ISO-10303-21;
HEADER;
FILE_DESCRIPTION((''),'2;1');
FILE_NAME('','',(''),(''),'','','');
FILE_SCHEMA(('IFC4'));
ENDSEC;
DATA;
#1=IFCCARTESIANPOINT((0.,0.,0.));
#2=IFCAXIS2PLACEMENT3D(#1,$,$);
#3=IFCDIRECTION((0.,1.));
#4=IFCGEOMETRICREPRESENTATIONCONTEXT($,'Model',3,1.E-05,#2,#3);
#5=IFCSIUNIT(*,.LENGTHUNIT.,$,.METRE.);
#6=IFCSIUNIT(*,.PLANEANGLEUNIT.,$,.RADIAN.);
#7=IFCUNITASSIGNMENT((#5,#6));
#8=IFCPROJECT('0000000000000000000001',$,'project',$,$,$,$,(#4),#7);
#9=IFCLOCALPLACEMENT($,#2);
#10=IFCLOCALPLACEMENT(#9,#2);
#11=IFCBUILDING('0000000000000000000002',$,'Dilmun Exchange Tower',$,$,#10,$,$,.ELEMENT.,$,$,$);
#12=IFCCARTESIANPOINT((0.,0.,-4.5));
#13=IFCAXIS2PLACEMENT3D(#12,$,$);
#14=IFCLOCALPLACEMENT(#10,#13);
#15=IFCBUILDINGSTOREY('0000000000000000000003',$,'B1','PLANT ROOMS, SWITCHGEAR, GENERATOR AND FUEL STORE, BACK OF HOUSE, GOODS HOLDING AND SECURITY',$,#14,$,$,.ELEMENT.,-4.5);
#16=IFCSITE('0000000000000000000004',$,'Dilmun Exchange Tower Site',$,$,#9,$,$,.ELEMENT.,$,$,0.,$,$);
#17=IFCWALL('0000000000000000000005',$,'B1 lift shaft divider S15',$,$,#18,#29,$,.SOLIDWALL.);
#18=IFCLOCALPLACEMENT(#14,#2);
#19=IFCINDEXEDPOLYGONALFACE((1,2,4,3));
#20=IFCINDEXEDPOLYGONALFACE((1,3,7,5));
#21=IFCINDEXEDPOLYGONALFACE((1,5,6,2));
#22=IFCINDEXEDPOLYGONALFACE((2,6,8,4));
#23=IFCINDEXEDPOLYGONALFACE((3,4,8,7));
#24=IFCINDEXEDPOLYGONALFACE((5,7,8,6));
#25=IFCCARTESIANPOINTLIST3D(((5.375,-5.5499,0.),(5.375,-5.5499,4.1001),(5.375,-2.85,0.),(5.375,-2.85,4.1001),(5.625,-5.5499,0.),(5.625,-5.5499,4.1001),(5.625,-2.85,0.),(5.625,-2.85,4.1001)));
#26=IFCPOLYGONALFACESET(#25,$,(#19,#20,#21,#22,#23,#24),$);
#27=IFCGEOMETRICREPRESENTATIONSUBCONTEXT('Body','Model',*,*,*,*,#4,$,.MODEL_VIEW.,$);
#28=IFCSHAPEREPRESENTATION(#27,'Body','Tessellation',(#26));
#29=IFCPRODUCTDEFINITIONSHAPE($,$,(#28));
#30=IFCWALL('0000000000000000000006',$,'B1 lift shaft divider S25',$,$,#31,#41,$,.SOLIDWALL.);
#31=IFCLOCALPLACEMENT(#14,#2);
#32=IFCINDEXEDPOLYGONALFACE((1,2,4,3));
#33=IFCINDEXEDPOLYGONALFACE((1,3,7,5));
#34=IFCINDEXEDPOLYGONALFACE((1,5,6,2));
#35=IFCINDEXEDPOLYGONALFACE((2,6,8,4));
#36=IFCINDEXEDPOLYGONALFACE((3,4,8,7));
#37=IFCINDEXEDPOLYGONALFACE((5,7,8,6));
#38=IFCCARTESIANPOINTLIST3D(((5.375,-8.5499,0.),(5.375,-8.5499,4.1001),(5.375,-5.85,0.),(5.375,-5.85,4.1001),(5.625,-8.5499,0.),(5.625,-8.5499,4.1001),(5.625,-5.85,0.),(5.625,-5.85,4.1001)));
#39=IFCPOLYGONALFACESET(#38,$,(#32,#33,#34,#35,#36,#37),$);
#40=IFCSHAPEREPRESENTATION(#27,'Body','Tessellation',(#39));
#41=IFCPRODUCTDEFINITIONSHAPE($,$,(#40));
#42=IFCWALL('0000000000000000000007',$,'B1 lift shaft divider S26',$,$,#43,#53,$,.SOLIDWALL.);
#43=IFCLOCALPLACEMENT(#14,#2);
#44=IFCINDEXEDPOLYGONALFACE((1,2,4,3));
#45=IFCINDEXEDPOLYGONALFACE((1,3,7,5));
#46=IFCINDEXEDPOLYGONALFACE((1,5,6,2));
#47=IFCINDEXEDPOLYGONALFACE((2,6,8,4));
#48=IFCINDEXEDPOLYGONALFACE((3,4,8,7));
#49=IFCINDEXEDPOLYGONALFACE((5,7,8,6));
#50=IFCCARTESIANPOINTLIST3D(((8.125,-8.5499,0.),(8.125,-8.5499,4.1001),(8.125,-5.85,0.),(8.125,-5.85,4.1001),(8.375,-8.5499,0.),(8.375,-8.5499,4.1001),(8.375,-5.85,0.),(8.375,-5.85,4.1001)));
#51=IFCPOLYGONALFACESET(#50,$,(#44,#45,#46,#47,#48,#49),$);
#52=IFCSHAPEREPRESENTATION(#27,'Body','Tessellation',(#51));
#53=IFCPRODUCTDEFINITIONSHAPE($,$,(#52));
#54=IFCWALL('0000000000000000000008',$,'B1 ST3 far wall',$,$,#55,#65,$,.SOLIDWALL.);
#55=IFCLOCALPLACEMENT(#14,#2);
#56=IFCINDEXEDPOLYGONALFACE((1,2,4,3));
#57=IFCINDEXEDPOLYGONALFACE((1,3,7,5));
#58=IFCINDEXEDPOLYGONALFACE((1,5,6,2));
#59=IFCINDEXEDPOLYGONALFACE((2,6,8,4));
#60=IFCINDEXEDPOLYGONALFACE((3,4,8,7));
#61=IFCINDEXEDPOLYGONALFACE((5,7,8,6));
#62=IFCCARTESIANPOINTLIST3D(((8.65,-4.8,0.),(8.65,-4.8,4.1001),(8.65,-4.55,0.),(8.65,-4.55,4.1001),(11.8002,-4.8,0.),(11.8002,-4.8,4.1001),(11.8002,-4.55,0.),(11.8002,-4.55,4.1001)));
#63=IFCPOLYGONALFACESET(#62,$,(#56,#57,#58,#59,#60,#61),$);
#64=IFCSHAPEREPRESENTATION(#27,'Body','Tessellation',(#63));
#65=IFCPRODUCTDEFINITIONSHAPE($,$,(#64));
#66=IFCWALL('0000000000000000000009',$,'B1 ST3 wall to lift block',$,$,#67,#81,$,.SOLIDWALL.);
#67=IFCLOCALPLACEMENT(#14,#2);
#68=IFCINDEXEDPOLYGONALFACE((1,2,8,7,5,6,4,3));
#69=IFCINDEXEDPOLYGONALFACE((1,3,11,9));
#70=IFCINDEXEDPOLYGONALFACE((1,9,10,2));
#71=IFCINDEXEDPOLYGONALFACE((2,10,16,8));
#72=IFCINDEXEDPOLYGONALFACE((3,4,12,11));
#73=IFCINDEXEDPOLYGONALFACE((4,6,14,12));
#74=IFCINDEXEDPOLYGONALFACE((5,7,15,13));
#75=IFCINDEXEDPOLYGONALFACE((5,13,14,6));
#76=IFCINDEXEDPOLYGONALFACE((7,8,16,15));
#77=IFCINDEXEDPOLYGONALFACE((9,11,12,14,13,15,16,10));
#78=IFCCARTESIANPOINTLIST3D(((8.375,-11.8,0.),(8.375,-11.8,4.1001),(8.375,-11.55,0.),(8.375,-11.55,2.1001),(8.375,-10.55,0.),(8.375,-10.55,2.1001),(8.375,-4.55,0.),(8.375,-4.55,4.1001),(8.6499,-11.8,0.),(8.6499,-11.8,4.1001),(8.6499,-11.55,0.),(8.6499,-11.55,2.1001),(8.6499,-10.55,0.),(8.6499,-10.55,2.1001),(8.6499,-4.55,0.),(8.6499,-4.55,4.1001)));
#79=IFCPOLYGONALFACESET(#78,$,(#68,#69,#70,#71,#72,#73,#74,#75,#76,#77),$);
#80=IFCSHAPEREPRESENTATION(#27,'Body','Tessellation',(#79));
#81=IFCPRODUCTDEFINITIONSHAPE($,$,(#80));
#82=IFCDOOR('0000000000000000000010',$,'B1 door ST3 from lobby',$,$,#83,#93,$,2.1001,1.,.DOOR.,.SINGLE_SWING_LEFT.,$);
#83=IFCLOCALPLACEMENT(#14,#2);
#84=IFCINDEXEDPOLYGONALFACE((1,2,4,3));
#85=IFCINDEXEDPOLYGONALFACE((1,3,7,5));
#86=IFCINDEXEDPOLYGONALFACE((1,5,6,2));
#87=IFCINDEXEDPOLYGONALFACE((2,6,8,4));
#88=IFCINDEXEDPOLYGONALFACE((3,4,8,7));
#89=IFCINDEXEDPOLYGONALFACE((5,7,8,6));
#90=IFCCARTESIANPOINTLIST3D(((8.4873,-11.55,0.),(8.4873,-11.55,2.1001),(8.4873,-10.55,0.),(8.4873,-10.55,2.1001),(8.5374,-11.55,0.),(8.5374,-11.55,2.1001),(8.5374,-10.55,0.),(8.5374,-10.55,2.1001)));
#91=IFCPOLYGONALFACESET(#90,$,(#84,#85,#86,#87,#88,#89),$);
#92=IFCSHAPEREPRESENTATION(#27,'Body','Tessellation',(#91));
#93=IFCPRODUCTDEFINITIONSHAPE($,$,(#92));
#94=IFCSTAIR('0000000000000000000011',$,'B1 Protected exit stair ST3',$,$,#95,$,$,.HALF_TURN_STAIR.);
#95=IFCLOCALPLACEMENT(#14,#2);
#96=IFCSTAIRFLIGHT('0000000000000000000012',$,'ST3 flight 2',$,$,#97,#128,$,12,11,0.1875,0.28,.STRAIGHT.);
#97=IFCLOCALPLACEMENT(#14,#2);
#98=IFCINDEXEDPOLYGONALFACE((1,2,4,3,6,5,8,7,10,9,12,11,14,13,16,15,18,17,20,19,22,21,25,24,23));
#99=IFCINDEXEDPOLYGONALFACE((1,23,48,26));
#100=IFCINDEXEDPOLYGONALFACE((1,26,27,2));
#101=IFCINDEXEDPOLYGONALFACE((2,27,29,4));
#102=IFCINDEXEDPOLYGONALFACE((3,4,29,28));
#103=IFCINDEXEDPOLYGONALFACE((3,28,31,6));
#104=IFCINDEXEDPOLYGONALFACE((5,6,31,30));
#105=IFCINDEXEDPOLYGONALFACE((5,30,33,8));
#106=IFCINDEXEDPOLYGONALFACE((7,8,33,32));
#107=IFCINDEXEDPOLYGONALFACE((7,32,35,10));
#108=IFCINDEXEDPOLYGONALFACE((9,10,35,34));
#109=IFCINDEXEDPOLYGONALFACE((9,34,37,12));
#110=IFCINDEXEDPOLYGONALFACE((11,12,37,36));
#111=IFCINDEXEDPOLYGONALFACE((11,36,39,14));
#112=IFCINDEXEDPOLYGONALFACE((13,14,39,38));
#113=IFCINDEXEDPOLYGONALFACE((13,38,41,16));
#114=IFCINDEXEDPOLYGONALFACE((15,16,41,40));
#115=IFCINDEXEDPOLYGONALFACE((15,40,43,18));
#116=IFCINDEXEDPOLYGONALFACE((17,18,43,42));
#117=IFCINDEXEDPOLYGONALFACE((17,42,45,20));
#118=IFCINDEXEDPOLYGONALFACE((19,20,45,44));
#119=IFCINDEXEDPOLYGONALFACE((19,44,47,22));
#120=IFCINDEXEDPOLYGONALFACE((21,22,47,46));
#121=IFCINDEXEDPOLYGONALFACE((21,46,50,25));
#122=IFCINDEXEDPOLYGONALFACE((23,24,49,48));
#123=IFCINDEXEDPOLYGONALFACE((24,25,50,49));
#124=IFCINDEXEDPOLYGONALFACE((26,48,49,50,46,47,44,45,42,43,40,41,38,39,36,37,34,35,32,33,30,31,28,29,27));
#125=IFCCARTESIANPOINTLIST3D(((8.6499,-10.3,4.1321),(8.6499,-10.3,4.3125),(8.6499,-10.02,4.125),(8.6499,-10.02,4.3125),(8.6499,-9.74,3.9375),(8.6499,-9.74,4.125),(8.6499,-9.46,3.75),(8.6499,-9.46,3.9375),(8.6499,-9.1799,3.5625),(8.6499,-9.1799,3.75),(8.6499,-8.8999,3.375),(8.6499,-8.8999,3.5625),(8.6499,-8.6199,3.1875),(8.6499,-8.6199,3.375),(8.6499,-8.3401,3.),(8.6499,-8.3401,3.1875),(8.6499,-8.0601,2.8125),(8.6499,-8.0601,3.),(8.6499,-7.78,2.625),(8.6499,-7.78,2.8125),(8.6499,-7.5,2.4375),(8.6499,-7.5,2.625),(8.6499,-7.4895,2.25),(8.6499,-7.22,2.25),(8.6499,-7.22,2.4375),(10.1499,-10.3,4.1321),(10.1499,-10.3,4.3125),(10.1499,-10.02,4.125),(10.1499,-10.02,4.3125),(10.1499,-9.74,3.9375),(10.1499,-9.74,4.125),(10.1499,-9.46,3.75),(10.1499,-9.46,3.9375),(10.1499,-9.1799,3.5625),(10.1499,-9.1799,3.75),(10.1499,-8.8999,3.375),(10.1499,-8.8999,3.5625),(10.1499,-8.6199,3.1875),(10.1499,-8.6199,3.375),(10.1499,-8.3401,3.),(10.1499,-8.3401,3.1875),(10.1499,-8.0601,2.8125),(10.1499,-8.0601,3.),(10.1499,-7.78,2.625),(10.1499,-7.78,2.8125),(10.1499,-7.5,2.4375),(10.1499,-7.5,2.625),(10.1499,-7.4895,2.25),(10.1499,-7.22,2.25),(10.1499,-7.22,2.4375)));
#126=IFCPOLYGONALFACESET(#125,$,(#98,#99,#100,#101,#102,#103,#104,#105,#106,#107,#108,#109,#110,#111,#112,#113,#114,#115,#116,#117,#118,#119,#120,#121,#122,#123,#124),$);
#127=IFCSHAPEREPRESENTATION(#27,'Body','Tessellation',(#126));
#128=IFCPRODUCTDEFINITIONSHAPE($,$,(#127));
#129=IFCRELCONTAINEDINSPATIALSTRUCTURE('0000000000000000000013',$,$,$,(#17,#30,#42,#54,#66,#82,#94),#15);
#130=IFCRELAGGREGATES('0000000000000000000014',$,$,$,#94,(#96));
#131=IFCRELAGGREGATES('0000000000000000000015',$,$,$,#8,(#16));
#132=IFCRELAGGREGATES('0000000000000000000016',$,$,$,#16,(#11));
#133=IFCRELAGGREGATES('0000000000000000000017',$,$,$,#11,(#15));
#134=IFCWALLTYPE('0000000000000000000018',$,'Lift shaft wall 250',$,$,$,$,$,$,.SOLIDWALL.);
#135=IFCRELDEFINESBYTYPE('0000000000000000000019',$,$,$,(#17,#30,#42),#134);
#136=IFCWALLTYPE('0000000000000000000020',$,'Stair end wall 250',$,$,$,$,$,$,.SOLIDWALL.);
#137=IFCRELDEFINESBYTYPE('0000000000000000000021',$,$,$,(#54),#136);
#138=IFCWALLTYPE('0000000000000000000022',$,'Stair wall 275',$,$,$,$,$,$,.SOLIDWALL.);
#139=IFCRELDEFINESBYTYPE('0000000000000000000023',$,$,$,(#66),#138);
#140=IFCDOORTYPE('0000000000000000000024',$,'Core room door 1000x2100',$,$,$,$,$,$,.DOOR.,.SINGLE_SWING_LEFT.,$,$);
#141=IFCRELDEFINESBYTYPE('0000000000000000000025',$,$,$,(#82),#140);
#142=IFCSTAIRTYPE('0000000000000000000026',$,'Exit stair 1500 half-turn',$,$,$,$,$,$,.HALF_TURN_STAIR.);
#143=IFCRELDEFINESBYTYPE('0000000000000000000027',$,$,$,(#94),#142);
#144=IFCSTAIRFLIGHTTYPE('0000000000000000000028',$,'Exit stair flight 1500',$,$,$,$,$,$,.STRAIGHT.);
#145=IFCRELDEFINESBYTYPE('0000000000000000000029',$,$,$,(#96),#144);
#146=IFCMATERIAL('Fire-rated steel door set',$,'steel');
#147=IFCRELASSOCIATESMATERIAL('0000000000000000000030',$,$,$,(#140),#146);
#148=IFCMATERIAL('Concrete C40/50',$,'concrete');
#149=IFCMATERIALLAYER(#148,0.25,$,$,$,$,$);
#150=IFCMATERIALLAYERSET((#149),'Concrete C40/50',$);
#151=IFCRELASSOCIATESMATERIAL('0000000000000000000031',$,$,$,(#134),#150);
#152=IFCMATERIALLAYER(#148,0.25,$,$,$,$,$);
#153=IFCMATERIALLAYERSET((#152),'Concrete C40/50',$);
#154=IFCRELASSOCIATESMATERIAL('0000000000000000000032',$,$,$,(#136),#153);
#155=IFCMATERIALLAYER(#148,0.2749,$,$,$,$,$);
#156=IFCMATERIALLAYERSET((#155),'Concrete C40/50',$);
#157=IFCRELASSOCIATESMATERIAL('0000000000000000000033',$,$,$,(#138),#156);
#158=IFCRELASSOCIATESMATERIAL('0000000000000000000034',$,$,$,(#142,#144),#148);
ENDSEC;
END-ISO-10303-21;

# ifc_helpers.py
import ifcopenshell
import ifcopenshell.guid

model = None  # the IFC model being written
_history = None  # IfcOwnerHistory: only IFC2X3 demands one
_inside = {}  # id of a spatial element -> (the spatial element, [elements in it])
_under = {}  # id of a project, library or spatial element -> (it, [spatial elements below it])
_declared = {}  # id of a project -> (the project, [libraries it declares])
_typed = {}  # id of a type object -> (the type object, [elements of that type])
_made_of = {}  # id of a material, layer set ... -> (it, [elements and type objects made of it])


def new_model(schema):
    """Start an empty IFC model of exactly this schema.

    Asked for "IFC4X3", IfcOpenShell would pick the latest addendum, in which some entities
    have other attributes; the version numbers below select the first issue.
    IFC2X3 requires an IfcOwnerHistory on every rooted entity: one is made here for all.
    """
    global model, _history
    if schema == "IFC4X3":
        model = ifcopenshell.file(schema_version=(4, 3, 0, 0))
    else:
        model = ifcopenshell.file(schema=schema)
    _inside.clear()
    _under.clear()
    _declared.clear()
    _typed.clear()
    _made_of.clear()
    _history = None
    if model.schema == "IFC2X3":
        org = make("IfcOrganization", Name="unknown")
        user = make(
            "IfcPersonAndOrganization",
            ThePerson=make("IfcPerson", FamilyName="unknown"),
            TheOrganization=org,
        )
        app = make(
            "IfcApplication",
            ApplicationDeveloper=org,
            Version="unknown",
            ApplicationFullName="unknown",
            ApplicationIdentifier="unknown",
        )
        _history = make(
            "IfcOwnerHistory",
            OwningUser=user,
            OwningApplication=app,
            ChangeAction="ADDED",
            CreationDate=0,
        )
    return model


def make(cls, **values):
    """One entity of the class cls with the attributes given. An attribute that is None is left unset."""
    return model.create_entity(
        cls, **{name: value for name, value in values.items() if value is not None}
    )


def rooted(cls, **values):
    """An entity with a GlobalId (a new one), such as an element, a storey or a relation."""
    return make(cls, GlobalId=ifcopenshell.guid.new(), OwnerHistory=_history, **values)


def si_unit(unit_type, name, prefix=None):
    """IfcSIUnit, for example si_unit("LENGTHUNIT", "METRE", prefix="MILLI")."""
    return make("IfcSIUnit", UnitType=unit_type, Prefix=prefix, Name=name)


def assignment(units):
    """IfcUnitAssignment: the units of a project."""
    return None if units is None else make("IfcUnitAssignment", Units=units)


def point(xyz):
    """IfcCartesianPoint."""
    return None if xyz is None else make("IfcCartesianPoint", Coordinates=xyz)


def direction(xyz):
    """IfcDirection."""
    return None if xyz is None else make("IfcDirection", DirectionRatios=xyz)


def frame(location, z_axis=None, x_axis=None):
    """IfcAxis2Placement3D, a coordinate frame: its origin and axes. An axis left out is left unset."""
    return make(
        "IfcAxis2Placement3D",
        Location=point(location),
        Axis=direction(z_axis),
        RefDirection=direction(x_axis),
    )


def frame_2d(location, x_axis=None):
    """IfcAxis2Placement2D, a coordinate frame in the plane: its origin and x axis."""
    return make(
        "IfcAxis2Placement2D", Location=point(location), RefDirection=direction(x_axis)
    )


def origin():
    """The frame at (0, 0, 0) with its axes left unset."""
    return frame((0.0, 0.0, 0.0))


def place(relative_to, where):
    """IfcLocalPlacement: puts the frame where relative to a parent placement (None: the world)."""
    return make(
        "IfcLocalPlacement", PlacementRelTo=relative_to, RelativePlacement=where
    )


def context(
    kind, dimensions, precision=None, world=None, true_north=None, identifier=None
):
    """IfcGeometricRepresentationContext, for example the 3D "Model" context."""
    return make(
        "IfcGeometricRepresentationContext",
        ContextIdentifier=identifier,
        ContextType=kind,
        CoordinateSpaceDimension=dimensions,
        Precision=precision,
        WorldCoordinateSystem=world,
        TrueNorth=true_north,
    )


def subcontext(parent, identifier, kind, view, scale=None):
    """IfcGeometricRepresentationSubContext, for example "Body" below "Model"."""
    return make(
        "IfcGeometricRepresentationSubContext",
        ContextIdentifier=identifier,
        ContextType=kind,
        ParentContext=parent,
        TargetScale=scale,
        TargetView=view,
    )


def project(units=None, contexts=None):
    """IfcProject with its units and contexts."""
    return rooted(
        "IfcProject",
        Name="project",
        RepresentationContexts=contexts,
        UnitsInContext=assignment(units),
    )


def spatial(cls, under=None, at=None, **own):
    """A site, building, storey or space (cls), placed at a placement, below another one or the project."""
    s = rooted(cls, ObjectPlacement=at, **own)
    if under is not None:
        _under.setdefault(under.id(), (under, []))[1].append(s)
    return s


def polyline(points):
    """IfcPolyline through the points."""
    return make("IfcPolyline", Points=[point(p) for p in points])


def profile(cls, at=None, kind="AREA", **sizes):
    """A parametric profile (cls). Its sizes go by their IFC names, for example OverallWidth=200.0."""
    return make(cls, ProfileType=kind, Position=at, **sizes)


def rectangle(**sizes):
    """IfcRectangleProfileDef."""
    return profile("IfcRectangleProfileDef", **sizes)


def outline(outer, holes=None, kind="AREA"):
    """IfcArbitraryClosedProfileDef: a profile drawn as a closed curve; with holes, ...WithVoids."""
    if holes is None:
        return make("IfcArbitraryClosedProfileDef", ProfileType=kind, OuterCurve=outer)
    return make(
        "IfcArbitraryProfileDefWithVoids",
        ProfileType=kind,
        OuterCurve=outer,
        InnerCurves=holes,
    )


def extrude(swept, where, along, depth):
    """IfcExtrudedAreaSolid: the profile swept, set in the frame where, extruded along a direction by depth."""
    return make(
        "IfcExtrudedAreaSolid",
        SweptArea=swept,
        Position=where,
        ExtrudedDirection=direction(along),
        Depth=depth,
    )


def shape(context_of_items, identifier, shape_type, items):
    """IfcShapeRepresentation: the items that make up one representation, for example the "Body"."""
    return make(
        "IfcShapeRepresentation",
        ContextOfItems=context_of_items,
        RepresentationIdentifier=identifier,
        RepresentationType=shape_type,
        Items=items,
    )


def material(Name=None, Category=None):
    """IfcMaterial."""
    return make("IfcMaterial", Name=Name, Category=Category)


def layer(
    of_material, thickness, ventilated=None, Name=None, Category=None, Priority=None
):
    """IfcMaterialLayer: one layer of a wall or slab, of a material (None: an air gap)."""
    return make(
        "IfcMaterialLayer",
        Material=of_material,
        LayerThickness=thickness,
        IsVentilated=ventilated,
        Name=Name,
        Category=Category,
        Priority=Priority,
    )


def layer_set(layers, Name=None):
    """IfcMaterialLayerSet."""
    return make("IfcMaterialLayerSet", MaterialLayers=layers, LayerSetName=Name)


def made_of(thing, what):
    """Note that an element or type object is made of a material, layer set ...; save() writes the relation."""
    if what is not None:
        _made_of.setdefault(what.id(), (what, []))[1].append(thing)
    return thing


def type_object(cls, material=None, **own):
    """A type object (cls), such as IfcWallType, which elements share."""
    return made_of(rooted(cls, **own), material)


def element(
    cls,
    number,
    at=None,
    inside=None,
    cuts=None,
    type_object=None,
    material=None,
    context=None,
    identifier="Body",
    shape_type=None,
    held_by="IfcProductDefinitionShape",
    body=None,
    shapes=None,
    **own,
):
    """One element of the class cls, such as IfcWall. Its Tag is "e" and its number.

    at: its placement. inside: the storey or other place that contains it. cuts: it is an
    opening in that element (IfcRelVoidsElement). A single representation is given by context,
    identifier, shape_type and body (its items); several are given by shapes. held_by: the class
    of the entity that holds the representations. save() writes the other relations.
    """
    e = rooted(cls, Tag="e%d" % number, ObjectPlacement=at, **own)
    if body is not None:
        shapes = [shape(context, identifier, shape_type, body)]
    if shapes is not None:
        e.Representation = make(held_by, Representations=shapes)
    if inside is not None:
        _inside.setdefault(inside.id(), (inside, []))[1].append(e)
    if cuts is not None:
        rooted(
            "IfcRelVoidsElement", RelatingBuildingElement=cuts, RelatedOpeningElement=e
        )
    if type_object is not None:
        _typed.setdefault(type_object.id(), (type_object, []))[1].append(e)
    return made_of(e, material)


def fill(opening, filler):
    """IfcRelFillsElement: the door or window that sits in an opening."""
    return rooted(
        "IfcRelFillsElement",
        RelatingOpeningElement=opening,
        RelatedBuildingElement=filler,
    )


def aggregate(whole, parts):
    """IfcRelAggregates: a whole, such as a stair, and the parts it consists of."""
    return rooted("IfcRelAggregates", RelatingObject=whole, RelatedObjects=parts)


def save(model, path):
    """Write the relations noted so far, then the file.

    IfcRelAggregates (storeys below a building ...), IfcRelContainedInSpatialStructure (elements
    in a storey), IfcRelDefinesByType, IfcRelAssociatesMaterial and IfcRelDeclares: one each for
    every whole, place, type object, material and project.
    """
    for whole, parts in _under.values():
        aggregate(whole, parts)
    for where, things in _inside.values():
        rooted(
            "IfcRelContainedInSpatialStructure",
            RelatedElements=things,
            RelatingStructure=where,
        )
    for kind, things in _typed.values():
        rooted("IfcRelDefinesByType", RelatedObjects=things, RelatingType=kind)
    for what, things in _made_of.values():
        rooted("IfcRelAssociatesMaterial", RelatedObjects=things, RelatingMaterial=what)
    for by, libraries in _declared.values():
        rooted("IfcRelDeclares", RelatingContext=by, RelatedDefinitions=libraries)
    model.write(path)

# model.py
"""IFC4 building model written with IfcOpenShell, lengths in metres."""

from ifc_helpers import new_model, si_unit, direction, frame, frame_2d, origin, place, context, subcontext, project, spatial, polyline, rectangle, outline, extrude, material, layer, layer_set, type_object, element, fill, aggregate, save


model = new_model("IFC4")

# Units and contexts
model_context = context("Model", 3, precision=1e-05, world=origin(), true_north=direction((0.0, 1.0)))
body_context = subcontext(model_context, "Body", "Model", "MODEL_VIEW")
ifc_project = project(units=[si_unit("LENGTHUNIT", "METRE"), si_unit("PLANEANGLEUNIT", "RADIAN")], contexts=[model_context])

# Site, building, storey
site_placement = place(None, origin())
site = spatial("IfcSite", under=ifc_project, at=site_placement, Name="Dilmun Exchange Tower Site", CompositionType="ELEMENT", RefElevation=0.0)
building_placement = place(site_placement, origin())
building = spatial("IfcBuilding", under=site, at=building_placement, Name="Dilmun Exchange Tower", CompositionType="ELEMENT")
storey_placement = place(building_placement, frame((0.0, 0.0, -4.5)))
storey = spatial("IfcBuildingStorey", under=building, at=storey_placement, Name="B1", Description="PLANT ROOMS, SWITCHGEAR, GENERATOR AND FUEL STORE, BACK OF HOUSE, GOODS HOLDING AND SECURITY", CompositionType="ELEMENT", Elevation=-4.5)

# Shared definitions
ifc_material_1 = material(Name="Concrete C40/50", Category="concrete")

# Shared definitions
ifc_material_2 = material(Name="Fire-rated steel door set", Category="steel")
door_type_1 = type_object("IfcDoorType", Name="Core room door 1000x2100", OperationType="SINGLE_SWING_LEFT", PredefinedType="DOOR", material=ifc_material_2)

# Walls
ifc_layer_1 = layer(ifc_material_1, 0.25)
ifc_layer_set_1 = layer_set([ifc_layer_1], Name="Concrete C40/50")
wall_type_1 = type_object("IfcWallType", Name="Lift shaft wall 250", PredefinedType="SOLIDWALL", material=ifc_layer_set_1)
for number, where, z_axis, x_axis, name in (
    (1, (5.5, -5.55, 0.0), (0.0, 0.0, 1.0), (0.0, 1.0, 0.0), "B1 lift shaft divider S15"),
    (2, (5.5, -8.55, 0.0), (0.0, 0.0, 1.0), (0.0, 1.0, 0.0), "B1 lift shaft divider S25"),
    (3, (8.25, -8.55, 0.0), (0.0, 0.0, 1.0), (0.0, 1.0, 0.0), "B1 lift shaft divider S26"),
):
    element("IfcWall", number, at=place(storey_placement, frame(where, z_axis=z_axis, x_axis=x_axis)), inside=storey, type_object=wall_type_1, Name=name, PredefinedType="SOLIDWALL", context=body_context, shape_type="SweptSolid", body=[
        extrude(rectangle(XDim=2.7, YDim=0.25, at=frame_2d((1.3501, 0.0))), origin(), (0.0, 0.0, 1.0), 4.1001),
    ])
ifc_layer_2 = layer(ifc_material_1, 0.25)
ifc_layer_set_2 = layer_set([ifc_layer_2], Name="Concrete C40/50")
wall_type_2 = type_object("IfcWallType", Name="Stair end wall 250", PredefinedType="SOLIDWALL", material=ifc_layer_set_2)
wall_1_placement = place(storey_placement, frame((8.6499, -4.675, 0.0), z_axis=(0.0, 0.0, 1.0), x_axis=(1.0, 0.0, 0.0)))
element("IfcWall", 4, at=wall_1_placement, inside=storey, type_object=wall_type_2, Name="B1 ST3 far wall", PredefinedType="SOLIDWALL", context=body_context, shape_type="SweptSolid", body=[
    extrude(rectangle(XDim=3.1501, YDim=0.25, at=frame_2d((1.5752, 0.0))), origin(), (0.0, 0.0, 1.0), 4.1001),
])

# Wall, opening, door
ifc_layer_3 = layer(ifc_material_1, 0.2749)
ifc_layer_set_3 = layer_set([ifc_layer_3], Name="Concrete C40/50")
wall_type_3 = type_object("IfcWallType", Name="Stair wall 275", PredefinedType="SOLIDWALL", material=ifc_layer_set_3)
wall_2_placement = place(storey_placement, frame((8.5125, -4.55, 0.0), z_axis=(0.0, 0.0, 1.0), x_axis=(0.0, -1.0, 0.0)))
wall_2 = element("IfcWall", 5, at=wall_2_placement, inside=storey, type_object=wall_type_3, Name="B1 ST3 wall to lift block", PredefinedType="SOLIDWALL", context=body_context, shape_type="SweptSolid", body=[
    extrude(rectangle(XDim=7.25, YDim=0.2749, at=frame_2d((3.625, 0.0))), origin(), (0.0, 0.0, 1.0), 4.1001),
])
opening_1_placement = place(wall_2_placement, frame((6.0, 0.0, 0.0)))
opening_1 = element("IfcOpeningElement", 6, at=opening_1_placement, cuts=wall_2, PredefinedType="OPENING", context=body_context, shape_type="SweptSolid", body=[
    extrude(rectangle(XDim=1.0, YDim=2.1001, at=frame_2d((0.5, 1.05))), frame((0.0, 0.1475, 0.0), z_axis=(0.0, -1.0, 0.0), x_axis=(1.0, 0.0, 0.0)), (0.0, 0.0, 1.0), 0.2949),
])
door_1_placement = place(opening_1_placement, origin())
door_1 = element("IfcDoor", 7, at=door_1_placement, inside=storey, type_object=door_type_1, Name="B1 door ST3 from lobby", OperationType="SINGLE_SWING_LEFT", OverallHeight=2.1001, OverallWidth=1.0, PredefinedType="DOOR", context=body_context, shape_type="SweptSolid", body=[
    extrude(rectangle(XDim=1.0, YDim=2.1001, at=frame_2d((0.5, 1.05))), frame((0.0, 0.0249, 0.0), z_axis=(0.0, -1.0, 0.0), x_axis=(1.0, 0.0, 0.0)), (0.0, 0.0, 1.0), 0.05),
])
fill(opening_1, door_1)

# Stair, stair flight
stair_type = type_object("IfcStairType", Name="Exit stair 1500 half-turn", PredefinedType="HALF_TURN_STAIR", material=ifc_material_1)
stair_placement = place(storey_placement, origin())
stair = element("IfcStair", 8, at=stair_placement, inside=storey, type_object=stair_type, Name="B1 Protected exit stair ST3", PredefinedType="HALF_TURN_STAIR")
stair_flight_type = type_object("IfcStairFlightType", Name="Exit stair flight 1500", PredefinedType="STRAIGHT", material=ifc_material_1)
stair_flight_placement = place(storey_placement, frame((9.3999, -7.22, 2.25), z_axis=(0.0, 0.0, 1.0), x_axis=(0.0, -1.0, 0.0)))
stair_flight = element("IfcStairFlight", 9, at=stair_flight_placement, type_object=stair_flight_type, Name="ST3 flight 2", NumberOfRisers=12, NumberOfTreads=11, PredefinedType="STRAIGHT", RiserHeight=0.1875, TreadLength=0.28, context=body_context, shape_type="SweptSolid", body=[
    extrude(outline(polyline([(0.0, 0.0), (0.0, 0.1875), (0.28, 0.1875), (0.28, 0.375), (0.5601, 0.375), (0.5601, 0.5625), (0.8401, 0.5625), (0.8401, 0.75), (1.1201, 0.75), (1.1201, 0.9375), (1.3999, 0.9375), (1.3999, 1.125), (1.6799, 1.125), (1.6799, 1.3125), (1.96, 1.3125), (1.96, 1.5), (2.24, 1.5), (2.24, 1.6875), (2.52, 1.6875), (2.52, 1.875), (2.8, 1.875), (2.8, 2.0625), (3.0801, 2.0625), (3.0801, 2.25), (3.0801, 1.8821), (0.2695, 0.0), (0.0, 0.0)])), frame((0.0, 0.75, 0.0), z_axis=(0.0, -1.0, 0.0), x_axis=(1.0, 0.0, 0.0)), (0.0, 0.0, 1.0), 1.5),
])
aggregate(stair, [stair_flight])

save(model, "model.ifc")
